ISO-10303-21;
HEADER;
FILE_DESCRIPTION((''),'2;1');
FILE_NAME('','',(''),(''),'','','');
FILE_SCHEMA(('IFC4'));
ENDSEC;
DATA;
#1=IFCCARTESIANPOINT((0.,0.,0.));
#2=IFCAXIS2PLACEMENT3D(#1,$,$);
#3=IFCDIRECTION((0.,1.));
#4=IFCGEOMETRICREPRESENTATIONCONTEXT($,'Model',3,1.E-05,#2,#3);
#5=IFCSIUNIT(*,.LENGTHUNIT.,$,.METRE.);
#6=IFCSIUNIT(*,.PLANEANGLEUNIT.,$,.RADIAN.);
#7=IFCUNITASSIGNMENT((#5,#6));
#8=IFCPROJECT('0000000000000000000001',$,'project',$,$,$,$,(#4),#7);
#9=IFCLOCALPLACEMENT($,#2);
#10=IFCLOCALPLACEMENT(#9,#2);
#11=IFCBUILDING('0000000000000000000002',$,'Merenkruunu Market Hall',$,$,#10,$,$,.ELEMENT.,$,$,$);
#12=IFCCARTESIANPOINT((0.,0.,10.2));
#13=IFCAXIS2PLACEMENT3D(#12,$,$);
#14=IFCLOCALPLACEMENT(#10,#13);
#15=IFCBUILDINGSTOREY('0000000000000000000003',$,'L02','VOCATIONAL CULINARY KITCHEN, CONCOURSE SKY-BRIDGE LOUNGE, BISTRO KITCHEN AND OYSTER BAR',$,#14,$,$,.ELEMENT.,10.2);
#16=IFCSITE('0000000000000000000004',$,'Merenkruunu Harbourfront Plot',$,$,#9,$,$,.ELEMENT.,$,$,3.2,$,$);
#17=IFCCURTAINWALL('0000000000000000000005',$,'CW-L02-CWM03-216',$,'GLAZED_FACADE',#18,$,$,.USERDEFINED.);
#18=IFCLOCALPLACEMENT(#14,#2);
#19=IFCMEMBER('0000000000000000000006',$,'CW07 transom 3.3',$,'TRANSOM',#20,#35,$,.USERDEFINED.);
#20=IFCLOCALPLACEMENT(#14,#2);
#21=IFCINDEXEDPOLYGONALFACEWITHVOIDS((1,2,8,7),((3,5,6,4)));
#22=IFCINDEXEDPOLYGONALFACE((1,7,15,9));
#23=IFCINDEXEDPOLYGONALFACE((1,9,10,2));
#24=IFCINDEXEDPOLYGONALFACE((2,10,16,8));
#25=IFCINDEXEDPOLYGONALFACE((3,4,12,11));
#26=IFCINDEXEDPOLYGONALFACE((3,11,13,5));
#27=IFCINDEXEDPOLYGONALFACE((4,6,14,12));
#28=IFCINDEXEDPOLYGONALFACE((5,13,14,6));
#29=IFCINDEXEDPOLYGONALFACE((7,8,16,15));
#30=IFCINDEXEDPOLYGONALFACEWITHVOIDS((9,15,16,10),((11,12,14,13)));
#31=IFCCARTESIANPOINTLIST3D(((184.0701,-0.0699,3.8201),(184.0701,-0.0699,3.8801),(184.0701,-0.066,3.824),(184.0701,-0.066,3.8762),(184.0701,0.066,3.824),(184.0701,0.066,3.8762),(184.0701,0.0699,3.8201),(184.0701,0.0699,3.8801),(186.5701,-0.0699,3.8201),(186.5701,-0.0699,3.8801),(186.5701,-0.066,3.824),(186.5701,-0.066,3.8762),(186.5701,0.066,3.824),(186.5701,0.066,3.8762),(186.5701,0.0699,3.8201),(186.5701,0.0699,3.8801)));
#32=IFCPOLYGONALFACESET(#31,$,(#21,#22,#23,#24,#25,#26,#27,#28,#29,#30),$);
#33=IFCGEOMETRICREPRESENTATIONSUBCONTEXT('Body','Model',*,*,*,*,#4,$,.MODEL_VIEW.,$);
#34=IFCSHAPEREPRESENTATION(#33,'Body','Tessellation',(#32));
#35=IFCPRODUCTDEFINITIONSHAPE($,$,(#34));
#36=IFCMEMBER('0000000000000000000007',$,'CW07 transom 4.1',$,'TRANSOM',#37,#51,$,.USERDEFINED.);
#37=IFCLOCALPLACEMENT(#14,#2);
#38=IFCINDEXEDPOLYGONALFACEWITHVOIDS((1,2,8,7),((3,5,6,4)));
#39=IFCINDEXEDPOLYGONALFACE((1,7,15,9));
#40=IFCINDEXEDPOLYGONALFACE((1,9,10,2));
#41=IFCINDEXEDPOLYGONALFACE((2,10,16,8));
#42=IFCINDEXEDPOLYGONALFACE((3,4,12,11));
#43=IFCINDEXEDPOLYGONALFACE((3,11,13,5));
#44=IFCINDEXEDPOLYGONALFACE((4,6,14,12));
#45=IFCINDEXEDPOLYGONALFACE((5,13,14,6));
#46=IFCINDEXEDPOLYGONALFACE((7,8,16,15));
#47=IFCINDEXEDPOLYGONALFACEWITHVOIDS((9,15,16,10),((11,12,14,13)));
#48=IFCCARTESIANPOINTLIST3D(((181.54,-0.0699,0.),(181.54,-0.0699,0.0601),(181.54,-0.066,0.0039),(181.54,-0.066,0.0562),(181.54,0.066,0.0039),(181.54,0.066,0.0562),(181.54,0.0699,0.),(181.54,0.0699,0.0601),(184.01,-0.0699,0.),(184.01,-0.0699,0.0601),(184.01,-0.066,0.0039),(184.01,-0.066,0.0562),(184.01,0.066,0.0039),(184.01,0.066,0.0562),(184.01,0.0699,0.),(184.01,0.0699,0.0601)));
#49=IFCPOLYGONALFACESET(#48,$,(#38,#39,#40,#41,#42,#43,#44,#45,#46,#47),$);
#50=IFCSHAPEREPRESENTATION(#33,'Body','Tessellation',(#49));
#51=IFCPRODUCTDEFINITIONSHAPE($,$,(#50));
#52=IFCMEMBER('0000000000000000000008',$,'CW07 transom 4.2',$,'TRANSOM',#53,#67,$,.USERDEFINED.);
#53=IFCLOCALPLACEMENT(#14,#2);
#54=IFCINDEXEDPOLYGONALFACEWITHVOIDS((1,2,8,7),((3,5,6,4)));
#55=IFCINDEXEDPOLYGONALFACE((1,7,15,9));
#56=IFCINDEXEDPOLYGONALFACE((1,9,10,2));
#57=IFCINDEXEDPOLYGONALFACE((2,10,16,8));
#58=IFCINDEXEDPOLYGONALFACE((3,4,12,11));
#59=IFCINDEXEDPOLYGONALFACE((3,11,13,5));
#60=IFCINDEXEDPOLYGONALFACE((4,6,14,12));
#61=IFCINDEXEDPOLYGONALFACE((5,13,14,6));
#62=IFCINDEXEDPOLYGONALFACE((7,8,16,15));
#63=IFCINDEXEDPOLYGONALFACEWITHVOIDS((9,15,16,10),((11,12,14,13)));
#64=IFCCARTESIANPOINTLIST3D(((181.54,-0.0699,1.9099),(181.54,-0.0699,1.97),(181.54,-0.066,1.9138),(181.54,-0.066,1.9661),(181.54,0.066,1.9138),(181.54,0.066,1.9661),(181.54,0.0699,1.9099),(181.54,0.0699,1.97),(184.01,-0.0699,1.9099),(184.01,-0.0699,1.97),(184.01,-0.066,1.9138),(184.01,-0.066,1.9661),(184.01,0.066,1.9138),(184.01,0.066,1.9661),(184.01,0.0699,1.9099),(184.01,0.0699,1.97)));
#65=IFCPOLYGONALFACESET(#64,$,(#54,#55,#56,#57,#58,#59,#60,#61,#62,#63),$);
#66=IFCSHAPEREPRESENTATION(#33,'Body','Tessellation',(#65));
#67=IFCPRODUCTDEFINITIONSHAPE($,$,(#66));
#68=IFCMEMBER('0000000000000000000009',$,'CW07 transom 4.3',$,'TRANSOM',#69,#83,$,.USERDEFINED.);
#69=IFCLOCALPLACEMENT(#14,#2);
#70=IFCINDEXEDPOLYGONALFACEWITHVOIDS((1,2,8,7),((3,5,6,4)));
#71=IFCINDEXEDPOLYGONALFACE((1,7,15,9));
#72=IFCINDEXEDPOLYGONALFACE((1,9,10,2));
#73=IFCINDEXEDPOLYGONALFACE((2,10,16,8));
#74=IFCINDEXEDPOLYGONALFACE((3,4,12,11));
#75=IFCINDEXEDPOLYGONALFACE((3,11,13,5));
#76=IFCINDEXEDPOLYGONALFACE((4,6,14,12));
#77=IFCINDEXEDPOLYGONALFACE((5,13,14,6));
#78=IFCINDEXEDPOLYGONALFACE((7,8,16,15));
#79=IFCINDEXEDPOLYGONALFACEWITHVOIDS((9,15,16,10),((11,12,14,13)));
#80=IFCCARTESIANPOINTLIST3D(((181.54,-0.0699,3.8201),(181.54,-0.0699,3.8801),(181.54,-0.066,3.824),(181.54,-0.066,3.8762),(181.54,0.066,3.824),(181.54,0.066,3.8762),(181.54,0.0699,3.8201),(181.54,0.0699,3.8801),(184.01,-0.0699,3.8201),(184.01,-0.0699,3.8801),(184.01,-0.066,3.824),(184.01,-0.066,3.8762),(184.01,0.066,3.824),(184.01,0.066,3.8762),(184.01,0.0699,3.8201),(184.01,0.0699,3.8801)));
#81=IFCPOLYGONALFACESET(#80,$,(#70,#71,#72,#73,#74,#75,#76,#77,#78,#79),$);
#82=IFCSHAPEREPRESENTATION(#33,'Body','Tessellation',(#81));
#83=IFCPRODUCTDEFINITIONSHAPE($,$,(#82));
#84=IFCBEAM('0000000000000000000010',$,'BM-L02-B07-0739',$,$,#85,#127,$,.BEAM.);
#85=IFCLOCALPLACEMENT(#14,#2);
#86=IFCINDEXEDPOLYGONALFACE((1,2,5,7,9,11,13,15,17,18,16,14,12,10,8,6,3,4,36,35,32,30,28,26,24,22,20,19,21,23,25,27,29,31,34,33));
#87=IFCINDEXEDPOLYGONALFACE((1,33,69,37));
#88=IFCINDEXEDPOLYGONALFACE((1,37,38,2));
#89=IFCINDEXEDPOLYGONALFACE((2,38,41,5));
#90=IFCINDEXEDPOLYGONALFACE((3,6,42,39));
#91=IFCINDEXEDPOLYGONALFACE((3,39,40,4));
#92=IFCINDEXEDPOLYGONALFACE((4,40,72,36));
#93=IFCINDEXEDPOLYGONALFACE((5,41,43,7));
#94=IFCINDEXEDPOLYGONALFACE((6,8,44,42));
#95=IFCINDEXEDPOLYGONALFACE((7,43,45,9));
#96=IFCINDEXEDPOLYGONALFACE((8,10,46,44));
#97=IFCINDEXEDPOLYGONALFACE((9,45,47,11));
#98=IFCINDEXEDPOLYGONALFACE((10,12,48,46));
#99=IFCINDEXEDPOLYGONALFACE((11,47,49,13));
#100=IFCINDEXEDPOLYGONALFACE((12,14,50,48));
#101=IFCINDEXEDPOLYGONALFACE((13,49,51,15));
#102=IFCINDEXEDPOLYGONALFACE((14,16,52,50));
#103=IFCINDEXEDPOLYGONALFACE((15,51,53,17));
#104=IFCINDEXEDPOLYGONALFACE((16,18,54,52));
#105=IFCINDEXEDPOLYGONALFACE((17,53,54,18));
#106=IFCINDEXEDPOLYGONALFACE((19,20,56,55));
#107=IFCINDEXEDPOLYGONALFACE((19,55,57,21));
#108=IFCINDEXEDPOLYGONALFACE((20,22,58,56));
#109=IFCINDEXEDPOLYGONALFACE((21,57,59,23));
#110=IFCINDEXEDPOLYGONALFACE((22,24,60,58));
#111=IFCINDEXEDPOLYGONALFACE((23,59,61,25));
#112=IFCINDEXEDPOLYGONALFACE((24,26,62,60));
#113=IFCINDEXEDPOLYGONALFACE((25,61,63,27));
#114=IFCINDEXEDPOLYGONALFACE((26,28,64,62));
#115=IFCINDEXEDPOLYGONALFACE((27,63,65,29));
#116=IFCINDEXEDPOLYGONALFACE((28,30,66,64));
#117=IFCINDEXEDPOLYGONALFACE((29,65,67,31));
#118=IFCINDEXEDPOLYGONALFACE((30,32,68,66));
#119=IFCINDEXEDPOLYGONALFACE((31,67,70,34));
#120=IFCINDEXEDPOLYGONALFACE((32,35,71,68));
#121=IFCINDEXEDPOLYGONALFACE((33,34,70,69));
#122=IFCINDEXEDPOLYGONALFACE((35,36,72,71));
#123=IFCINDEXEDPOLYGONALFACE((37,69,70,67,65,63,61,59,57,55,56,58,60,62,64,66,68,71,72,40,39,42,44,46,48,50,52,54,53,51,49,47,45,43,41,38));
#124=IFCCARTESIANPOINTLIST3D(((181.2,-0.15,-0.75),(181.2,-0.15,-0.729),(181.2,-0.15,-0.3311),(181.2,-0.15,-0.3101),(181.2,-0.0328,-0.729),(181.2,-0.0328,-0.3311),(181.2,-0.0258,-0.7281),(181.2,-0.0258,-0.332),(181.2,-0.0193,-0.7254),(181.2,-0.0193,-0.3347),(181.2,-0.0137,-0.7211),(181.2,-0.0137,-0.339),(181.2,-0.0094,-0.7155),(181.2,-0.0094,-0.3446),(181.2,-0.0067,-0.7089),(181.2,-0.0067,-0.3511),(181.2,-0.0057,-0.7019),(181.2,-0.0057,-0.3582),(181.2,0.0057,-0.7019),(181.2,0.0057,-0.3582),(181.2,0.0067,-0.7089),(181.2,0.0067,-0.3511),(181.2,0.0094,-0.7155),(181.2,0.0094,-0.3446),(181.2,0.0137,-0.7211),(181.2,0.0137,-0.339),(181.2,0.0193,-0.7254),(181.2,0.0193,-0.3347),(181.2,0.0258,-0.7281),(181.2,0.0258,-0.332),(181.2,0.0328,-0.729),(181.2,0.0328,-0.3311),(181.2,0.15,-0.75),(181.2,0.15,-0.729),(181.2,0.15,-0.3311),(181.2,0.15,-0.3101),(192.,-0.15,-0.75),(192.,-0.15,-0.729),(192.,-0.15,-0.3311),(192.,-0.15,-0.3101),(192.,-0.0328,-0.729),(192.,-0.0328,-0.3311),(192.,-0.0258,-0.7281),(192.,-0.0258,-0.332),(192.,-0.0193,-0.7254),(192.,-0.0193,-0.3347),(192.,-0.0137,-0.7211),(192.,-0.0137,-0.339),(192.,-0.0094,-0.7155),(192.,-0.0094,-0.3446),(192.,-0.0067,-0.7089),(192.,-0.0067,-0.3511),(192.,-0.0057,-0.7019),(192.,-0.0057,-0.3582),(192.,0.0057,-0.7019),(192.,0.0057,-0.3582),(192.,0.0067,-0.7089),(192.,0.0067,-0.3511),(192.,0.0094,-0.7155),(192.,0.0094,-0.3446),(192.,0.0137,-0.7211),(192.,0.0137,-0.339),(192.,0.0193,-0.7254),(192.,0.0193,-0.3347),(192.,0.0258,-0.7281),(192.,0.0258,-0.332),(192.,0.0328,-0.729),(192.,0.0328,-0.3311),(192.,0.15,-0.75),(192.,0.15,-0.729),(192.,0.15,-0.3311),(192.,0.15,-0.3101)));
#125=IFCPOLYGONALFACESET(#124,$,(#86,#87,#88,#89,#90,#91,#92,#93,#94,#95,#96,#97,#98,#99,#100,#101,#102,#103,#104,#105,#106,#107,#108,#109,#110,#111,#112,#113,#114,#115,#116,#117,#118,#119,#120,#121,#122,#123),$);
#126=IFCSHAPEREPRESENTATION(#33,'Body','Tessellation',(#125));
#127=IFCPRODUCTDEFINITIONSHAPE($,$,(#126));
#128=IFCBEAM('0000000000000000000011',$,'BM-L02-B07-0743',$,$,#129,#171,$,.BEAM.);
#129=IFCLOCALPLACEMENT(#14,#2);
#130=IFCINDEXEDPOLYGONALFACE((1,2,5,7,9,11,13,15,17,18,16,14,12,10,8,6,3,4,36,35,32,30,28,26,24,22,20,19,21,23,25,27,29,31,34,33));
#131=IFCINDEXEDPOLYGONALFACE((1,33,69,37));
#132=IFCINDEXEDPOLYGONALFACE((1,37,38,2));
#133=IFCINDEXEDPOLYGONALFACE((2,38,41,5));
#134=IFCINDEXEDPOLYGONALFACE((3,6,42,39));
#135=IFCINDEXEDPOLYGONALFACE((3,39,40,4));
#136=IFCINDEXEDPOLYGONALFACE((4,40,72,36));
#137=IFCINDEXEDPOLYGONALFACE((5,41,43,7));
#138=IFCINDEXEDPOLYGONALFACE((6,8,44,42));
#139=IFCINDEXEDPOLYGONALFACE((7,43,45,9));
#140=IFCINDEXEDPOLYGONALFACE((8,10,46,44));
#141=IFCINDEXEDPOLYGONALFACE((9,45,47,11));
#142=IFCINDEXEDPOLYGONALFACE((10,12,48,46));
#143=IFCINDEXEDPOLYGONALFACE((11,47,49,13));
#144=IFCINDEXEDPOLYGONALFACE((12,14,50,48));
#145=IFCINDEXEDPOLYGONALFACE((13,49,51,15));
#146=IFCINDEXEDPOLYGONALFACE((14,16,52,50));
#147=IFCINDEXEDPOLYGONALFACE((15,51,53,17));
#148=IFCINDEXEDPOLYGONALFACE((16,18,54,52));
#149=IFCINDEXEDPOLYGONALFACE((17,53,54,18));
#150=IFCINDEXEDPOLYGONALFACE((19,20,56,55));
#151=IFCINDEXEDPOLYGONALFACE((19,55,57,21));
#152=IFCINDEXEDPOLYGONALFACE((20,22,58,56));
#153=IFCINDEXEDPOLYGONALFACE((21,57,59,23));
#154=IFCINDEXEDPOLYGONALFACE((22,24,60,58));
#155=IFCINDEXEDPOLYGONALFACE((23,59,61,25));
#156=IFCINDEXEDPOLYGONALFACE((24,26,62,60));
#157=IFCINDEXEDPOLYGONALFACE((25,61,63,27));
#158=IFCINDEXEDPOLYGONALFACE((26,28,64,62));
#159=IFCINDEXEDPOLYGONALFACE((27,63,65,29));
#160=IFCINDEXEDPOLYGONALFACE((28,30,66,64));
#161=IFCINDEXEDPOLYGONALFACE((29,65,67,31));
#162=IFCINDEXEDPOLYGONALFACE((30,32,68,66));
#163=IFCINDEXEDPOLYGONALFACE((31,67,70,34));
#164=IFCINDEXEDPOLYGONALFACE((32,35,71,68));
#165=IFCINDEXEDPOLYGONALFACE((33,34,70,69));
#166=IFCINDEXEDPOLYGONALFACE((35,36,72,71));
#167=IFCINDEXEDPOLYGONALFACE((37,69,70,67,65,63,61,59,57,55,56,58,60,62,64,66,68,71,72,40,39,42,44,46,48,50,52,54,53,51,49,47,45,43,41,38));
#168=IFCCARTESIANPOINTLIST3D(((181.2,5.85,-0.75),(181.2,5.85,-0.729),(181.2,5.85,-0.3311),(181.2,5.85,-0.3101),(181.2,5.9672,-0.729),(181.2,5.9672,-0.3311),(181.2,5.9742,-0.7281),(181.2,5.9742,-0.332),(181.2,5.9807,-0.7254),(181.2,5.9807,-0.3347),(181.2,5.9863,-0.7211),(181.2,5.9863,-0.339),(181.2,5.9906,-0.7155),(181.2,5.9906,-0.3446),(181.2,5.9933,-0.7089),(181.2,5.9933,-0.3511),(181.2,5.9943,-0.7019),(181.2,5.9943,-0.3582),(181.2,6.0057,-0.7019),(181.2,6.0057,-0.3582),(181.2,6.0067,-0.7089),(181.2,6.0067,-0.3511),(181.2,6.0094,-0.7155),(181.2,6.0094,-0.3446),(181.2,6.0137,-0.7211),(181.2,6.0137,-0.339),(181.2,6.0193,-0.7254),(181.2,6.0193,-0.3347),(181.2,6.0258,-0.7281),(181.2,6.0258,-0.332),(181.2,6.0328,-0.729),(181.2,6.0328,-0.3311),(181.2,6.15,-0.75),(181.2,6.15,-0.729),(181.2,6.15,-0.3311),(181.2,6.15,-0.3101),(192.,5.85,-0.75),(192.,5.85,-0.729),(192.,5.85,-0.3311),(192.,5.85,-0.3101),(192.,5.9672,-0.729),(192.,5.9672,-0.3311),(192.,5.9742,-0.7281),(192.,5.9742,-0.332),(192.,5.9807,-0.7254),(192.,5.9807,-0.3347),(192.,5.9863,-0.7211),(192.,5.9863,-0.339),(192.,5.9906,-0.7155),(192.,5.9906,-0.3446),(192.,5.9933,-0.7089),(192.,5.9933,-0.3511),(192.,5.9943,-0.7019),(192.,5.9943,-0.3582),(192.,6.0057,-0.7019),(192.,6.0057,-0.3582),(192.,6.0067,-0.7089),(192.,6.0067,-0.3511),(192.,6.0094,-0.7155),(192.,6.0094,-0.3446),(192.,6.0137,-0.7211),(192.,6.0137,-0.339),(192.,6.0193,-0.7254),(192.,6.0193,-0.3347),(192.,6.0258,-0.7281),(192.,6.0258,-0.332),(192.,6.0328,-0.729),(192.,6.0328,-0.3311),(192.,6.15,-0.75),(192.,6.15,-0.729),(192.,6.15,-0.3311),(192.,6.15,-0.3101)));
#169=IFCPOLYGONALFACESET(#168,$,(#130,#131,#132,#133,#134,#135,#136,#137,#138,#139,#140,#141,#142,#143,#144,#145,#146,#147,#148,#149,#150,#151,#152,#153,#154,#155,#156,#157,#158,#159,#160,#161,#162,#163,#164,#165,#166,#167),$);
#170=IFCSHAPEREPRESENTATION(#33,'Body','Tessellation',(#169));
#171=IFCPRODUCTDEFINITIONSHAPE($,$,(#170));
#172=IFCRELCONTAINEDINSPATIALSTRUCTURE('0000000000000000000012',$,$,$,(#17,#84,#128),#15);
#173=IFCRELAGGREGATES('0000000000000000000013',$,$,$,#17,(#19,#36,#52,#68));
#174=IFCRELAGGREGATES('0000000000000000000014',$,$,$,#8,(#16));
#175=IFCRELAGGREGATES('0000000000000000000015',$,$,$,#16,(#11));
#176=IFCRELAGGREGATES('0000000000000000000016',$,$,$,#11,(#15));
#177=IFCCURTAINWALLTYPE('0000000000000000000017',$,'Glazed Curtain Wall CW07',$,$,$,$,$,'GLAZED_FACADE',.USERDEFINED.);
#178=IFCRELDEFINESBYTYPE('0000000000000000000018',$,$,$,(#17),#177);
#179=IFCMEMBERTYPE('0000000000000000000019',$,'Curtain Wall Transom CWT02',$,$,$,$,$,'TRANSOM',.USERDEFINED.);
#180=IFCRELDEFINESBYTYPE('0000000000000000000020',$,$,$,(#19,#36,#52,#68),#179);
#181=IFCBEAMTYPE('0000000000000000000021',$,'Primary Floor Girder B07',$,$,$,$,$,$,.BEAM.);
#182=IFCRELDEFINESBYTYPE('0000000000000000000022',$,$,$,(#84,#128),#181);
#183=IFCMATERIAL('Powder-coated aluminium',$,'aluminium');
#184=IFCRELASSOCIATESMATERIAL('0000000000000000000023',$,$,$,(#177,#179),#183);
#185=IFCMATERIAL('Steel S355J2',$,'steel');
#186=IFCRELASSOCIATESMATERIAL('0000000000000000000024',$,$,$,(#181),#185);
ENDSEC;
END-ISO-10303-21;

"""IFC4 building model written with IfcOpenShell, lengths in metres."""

from ifc_helpers import new_model, si_unit, direction, frame, origin, origin_2d, place, context, subcontext, project, spatial, hollow_rectangle, i_section, extrude, material, material_profile, profile_set, type_object, element, aggregate, save


model = new_model("IFC4")

# Units and contexts
model_context = context("Model", 3, precision=1e-05, world=origin(), true_north=direction((0.0, 1.0)))
body_context = subcontext(model_context, "Body", "Model", "MODEL_VIEW")
ifc_project = project(units=[si_unit("LENGTHUNIT", "METRE"), si_unit("PLANEANGLEUNIT", "RADIAN")], contexts=[model_context])

# Site, building, storey
site_placement = place(None, origin())
site = spatial("IfcSite", under=ifc_project, at=site_placement, Name="Merenkruunu Harbourfront Plot", CompositionType="ELEMENT", RefElevation=3.2)
building_placement = place(site_placement, origin())
building = spatial("IfcBuilding", under=site, at=building_placement, Name="Merenkruunu Market Hall", CompositionType="ELEMENT")
storey_placement = place(building_placement, frame((0.0, 0.0, 10.2)))
storey = spatial("IfcBuildingStorey", under=building, at=storey_placement, Name="L02", Description="VOCATIONAL CULINARY KITCHEN, CONCOURSE SKY-BRIDGE LOUNGE, BISTRO KITCHEN AND OYSTER BAR", CompositionType="ELEMENT", Elevation=10.2)

# Shared definitions
ifc_material_1 = material(Name="Steel S355J2", Category="steel")

# Curtain wall, members
ifc_material_2 = material(Name="Powder-coated aluminium", Category="aluminium")
curtain_wall_type = type_object("IfcCurtainWallType", Name="Glazed Curtain Wall CW07", ElementType="GLAZED_FACADE", PredefinedType="USERDEFINED", material=ifc_material_2)
curtain_wall_placement = place(storey_placement, origin())
curtain_wall = element("IfcCurtainWall", 1, at=curtain_wall_placement, inside=storey, type_object=curtain_wall_type, Name="CW-L02-CWM03-216", ObjectType="GLAZED_FACADE", PredefinedType="USERDEFINED")
ifc_material_profile_1 = material_profile(ifc_material_2, hollow_rectangle(XDim=0.0601, YDim=0.1399, WallThickness=0.0039, at=origin_2d()), Name="ALU 60x140x4")
ifc_profile_set_1 = profile_set([ifc_material_profile_1], Name="Powder-coated aluminium")
member_type_1 = type_object("IfcMemberType", Name="Curtain Wall Transom CWT02", ElementType="TRANSOM", PredefinedType="USERDEFINED", material=ifc_profile_set_1)
member_1_placement = place(storey_placement, frame((186.5701, 0.0, 3.8501), z_axis=(-1.0, 0.0, 0.0), x_axis=(0.0, 0.0, 1.0)))
member_1 = element("IfcMember", 2, at=member_1_placement, type_object=member_type_1, Name="CW07 transom 3.3", ObjectType="TRANSOM", PredefinedType="USERDEFINED", context=body_context, shape_type="SweptSolid", body=[
    extrude(hollow_rectangle(XDim=0.0601, YDim=0.1399, WallThickness=0.0039, at=origin_2d()), origin(), (0.0, 0.0, 1.0), 2.5),
])
member_2_placement = place(storey_placement, frame((184.01, 0.0, 0.03), z_axis=(-1.0, 0.0, 0.0), x_axis=(0.0, 0.0, 1.0)))
member_2 = element("IfcMember", 3, at=member_2_placement, type_object=member_type_1, Name="CW07 transom 4.1", ObjectType="TRANSOM", PredefinedType="USERDEFINED", context=body_context, shape_type="SweptSolid", body=[
    extrude(hollow_rectangle(XDim=0.0601, YDim=0.1399, WallThickness=0.0039, at=origin_2d()), origin(), (0.0, 0.0, 1.0), 2.47),
])
member_3_placement = place(storey_placement, frame((184.01, 0.0, 1.9399), z_axis=(-1.0, 0.0, 0.0), x_axis=(0.0, 0.0, 1.0)))
member_3 = element("IfcMember", 4, at=member_3_placement, type_object=member_type_1, Name="CW07 transom 4.2", ObjectType="TRANSOM", PredefinedType="USERDEFINED", context=body_context, shape_type="SweptSolid", body=[
    extrude(hollow_rectangle(XDim=0.0601, YDim=0.1399, WallThickness=0.0039, at=origin_2d()), origin(), (0.0, 0.0, 1.0), 2.47),
])
member_4_placement = place(storey_placement, frame((184.01, 0.0, 3.8501), z_axis=(-1.0, 0.0, 0.0), x_axis=(0.0, 0.0, 1.0)))
member_4 = element("IfcMember", 5, at=member_4_placement, type_object=member_type_1, Name="CW07 transom 4.3", ObjectType="TRANSOM", PredefinedType="USERDEFINED", context=body_context, shape_type="SweptSolid", body=[
    extrude(hollow_rectangle(XDim=0.0601, YDim=0.1399, WallThickness=0.0039, at=origin_2d()), origin(), (0.0, 0.0, 1.0), 2.47),
])

# Beams
ifc_material_profile_2 = material_profile(ifc_material_1, i_section(OverallWidth=0.3, OverallDepth=0.4399, WebThickness=0.0115, FlangeThickness=0.021, FilletRadius=0.0271, at=origin_2d()), Name="HEA 450")
ifc_profile_set_2 = profile_set([ifc_material_profile_2], Name="Steel S355J2")
beam_type_1 = type_object("IfcBeamType", Name="Primary Floor Girder B07", PredefinedType="BEAM", material=ifc_profile_set_2)
for number, where, z_axis, x_axis, name in (
    (6, (181.2, 0.0, -0.53), (1.0, 0.0, 0.0), (0.0, 1.0, 0.0), "BM-L02-B07-0739"),
    (7, (181.2, 6.0, -0.53), (1.0, 0.0, 0.0), (0.0, 1.0, 0.0), "BM-L02-B07-0743"),
):
    element("IfcBeam", number, at=place(storey_placement, frame(where, z_axis=z_axis, x_axis=x_axis)), inside=storey, type_object=beam_type_1, Name=name, PredefinedType="BEAM", context=body_context, shape_type="SweptSolid", body=[
        extrude(i_section(OverallWidth=0.3, OverallDepth=0.4399, WebThickness=0.0115, FlangeThickness=0.021, FilletRadius=0.0271, at=origin_2d()), origin(), (0.0, 0.0, 1.0), 10.8),
    ])

aggregate(curtain_wall, [member_1, member_2, member_3, member_4])

save(model, "model.ifc")
